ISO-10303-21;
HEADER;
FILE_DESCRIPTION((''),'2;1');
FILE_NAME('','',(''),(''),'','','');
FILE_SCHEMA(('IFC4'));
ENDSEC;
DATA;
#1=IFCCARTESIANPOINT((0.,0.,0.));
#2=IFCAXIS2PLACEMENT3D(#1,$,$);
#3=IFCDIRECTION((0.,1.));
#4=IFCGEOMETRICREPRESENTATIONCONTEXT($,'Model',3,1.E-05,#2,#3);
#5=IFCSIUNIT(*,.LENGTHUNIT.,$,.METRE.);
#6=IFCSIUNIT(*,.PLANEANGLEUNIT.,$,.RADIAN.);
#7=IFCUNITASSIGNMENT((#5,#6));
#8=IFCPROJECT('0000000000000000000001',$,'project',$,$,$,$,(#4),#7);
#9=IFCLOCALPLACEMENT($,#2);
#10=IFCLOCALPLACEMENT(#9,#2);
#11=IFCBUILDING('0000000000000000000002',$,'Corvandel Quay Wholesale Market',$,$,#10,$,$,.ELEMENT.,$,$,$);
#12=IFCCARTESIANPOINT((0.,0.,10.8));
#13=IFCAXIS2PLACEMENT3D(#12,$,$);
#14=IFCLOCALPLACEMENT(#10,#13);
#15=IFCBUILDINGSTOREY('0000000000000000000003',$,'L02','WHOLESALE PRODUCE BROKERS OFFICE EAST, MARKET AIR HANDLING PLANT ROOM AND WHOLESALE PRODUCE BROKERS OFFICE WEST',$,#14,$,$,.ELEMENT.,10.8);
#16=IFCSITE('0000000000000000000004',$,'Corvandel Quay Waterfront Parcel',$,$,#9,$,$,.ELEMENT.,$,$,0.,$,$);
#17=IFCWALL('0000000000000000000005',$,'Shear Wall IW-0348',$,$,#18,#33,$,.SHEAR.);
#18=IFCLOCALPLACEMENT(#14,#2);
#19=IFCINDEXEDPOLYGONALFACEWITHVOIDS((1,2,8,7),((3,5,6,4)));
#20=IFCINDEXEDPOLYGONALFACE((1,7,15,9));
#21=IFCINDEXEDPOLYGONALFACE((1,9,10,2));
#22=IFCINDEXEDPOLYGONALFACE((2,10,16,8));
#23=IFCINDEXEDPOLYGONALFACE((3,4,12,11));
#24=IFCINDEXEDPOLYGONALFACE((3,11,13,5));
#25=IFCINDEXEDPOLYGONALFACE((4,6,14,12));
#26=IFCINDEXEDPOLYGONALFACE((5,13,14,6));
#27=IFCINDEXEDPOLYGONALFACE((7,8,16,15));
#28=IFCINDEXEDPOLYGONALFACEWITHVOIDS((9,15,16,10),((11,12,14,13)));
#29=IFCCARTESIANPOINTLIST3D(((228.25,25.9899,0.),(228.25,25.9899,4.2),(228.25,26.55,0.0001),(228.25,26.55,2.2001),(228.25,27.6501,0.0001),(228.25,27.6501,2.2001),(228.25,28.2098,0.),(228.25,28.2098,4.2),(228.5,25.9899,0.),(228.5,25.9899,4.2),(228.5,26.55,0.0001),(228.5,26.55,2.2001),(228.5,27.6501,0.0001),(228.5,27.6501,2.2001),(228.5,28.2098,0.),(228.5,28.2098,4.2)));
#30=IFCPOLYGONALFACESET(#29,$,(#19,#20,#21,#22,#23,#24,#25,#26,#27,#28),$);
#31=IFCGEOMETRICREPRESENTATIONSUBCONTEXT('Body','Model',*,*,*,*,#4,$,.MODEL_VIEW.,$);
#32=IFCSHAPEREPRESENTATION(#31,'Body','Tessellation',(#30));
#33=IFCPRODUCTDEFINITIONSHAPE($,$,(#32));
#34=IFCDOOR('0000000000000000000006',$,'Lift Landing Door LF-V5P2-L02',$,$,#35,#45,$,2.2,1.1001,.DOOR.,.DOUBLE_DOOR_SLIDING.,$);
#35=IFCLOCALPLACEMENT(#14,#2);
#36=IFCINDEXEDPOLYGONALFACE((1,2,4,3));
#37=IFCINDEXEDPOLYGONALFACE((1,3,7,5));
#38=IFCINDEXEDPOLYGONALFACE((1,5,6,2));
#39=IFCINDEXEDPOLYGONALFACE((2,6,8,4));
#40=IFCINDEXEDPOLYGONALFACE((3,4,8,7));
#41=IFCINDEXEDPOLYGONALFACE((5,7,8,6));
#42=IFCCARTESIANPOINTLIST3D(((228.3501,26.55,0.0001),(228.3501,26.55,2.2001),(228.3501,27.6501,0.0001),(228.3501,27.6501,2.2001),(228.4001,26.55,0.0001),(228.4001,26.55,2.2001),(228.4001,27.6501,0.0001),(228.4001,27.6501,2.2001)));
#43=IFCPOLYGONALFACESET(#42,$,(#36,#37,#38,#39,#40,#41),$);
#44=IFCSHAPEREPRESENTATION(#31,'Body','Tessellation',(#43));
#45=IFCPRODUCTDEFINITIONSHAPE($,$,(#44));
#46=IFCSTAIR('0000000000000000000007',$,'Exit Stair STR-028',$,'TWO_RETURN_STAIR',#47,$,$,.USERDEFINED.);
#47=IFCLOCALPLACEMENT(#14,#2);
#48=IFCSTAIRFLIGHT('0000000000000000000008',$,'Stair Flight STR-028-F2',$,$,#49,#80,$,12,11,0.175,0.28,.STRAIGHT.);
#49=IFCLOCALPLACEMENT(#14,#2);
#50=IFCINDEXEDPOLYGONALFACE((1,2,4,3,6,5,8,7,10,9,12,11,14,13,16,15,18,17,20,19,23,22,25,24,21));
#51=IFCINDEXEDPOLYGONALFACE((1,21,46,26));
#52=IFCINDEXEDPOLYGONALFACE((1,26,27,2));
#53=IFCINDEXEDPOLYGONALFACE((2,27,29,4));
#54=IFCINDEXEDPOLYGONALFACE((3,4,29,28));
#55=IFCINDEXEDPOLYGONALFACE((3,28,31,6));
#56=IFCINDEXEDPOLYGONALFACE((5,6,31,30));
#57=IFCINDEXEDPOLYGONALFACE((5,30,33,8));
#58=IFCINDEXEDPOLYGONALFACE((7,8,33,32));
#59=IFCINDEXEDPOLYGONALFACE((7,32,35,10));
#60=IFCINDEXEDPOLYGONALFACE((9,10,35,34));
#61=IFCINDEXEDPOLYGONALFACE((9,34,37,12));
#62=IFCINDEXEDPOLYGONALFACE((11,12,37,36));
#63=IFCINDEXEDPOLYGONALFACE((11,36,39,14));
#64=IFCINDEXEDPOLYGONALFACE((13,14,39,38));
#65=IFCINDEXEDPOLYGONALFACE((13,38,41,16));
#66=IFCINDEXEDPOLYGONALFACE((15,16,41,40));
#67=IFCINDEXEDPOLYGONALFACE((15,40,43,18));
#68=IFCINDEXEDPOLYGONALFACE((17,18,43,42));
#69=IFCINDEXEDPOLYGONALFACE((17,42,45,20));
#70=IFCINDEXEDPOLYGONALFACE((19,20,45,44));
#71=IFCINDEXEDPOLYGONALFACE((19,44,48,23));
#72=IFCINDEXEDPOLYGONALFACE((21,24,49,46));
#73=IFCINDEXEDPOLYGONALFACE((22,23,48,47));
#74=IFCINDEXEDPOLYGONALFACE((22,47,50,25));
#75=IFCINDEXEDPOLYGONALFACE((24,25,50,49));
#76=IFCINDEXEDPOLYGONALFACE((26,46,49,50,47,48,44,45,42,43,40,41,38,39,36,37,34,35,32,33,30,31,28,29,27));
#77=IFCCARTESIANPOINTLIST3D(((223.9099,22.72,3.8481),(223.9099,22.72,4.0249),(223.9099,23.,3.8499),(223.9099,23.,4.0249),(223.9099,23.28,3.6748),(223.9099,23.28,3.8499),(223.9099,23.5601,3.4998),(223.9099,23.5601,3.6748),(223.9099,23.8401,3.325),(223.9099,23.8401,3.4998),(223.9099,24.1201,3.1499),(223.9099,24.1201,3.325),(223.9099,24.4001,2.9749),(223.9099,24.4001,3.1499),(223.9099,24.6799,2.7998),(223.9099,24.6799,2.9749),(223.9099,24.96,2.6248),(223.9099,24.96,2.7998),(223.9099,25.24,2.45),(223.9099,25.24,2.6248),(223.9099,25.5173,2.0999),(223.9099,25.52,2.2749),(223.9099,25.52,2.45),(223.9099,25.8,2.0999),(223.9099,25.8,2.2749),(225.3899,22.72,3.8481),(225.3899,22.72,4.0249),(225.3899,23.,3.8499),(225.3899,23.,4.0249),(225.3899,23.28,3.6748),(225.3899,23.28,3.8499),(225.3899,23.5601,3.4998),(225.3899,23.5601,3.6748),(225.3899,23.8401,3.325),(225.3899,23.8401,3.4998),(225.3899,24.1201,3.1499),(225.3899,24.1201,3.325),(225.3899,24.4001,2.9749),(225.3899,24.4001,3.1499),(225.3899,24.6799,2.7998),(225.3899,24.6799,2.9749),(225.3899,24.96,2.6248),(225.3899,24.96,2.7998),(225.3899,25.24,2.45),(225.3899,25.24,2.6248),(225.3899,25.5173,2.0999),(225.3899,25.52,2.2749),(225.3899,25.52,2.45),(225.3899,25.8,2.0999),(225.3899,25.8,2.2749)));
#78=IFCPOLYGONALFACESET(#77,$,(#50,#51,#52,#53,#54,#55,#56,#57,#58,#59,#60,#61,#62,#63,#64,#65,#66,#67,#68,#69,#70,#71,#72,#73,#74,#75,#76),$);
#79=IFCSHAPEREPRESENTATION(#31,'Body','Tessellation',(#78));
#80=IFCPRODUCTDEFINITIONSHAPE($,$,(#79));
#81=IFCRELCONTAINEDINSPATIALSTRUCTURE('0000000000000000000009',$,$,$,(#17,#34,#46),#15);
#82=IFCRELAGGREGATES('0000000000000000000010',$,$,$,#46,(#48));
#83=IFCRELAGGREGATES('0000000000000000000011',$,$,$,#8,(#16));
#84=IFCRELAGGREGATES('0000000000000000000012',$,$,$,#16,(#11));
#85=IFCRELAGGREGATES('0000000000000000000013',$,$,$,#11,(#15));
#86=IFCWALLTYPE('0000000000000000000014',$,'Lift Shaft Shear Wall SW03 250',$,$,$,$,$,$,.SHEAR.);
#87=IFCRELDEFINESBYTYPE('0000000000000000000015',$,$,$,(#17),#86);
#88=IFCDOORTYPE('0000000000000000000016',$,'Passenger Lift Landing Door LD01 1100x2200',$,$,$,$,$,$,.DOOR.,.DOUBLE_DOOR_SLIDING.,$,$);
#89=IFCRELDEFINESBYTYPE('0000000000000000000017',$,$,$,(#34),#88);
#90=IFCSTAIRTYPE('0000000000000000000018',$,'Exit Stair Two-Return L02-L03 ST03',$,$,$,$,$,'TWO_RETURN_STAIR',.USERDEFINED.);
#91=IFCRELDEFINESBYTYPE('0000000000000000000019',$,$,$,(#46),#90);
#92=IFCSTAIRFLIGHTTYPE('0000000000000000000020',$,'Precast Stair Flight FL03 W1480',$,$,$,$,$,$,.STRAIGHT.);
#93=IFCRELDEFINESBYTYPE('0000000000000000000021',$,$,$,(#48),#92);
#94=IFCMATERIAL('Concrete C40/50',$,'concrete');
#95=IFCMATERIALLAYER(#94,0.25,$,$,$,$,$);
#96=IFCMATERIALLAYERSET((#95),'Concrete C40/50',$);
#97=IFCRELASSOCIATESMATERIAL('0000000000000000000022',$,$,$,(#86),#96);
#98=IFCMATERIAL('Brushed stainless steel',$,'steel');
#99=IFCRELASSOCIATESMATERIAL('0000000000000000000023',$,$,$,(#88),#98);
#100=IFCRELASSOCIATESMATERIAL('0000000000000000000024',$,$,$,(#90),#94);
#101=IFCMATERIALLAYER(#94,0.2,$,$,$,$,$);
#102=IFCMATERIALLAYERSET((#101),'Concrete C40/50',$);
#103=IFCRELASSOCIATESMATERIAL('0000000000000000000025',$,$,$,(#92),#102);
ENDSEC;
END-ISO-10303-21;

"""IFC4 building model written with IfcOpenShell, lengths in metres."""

from ifc_helpers import new_model, si_unit, direction, frame, frame_2d, origin, place, context, subcontext, project, spatial, polyline, rectangle, outline, extrude, material, layer, layer_set, type_object, element, fill, aggregate, save


model = new_model("IFC4")

# Units and contexts
model_context = context("Model", 3, precision=1e-05, world=origin(), true_north=direction((0.0, 1.0)))
body_context = subcontext(model_context, "Body", "Model", "MODEL_VIEW")
ifc_project = project(units=[si_unit("LENGTHUNIT", "METRE"), si_unit("PLANEANGLEUNIT", "RADIAN")], contexts=[model_context])

# Site, building, storey
site_placement = place(None, origin())
site = spatial("IfcSite", under=ifc_project, at=site_placement, Name="Corvandel Quay Waterfront Parcel", CompositionType="ELEMENT", RefElevation=0.0)
building_placement = place(site_placement, origin())
building = spatial("IfcBuilding", under=site, at=building_placement, Name="Corvandel Quay Wholesale Market", CompositionType="ELEMENT")
storey_placement = place(building_placement, frame((0.0, 0.0, 10.8)))
storey = spatial("IfcBuildingStorey", under=building, at=storey_placement, Name="L02", Description="WHOLESALE PRODUCE BROKERS OFFICE EAST, MARKET AIR HANDLING PLANT ROOM AND WHOLESALE PRODUCE BROKERS OFFICE WEST", CompositionType="ELEMENT", Elevation=10.8)

# Shared definitions
ifc_material_1 = material(Name="Concrete C40/50", Category="concrete")

# Shared definitions
ifc_layer_1 = layer(ifc_material_1, 0.25)
ifc_layer_set_1 = layer_set([ifc_layer_1], Name="Concrete C40/50")
wall_type_1 = type_object("IfcWallType", Name="Lift Shaft Shear Wall SW03 250", PredefinedType="SHEAR", material=ifc_layer_set_1)

# Shared definitions
ifc_material_2 = material(Name="Brushed stainless steel", Category="steel")
door_type = type_object("IfcDoorType", Name="Passenger Lift Landing Door LD01 1100x2200", OperationType="DOUBLE_DOOR_SLIDING", PredefinedType="DOOR", material=ifc_material_2)

# Wall, opening, door
wall_1_placement = place(storey_placement, frame((228.375, 25.99, 0.0), z_axis=(0.0, 0.0, 1.0), x_axis=(0.0, 1.0, 0.0)))
wall_1 = element("IfcWall", 1, at=wall_1_placement, inside=storey, type_object=wall_type_1, Name="Shear Wall IW-0348", PredefinedType="SHEAR", context=body_context, shape_type="SweptSolid", body=[
    extrude(rectangle(XDim=2.22, YDim=0.25, at=frame_2d((1.1099, 0.0))), origin(), (0.0, 0.0, 1.0), 4.2),
])
opening_1_placement = place(wall_1_placement, frame((0.5601, 0.0, 0.0)))
opening_1 = element("IfcOpeningElement", 2, at=opening_1_placement, cuts=wall_1, PredefinedType="OPENING", context=body_context, shape_type="SweptSolid", body=[
    extrude(rectangle(XDim=1.1001, YDim=2.2, at=frame_2d((0.55, 1.1001))), frame((0.0, 0.135, 0.0), z_axis=(0.0, -1.0, 0.0), x_axis=(1.0, 0.0, 0.0)), (0.0, 0.0, 1.0), 0.27),
])
door_1_placement = place(opening_1_placement, origin())
door_1 = element("IfcDoor", 3, at=door_1_placement, inside=storey, type_object=door_type, Name="Lift Landing Door LF-V5P2-L02", OperationType="DOUBLE_DOOR_SLIDING", OverallHeight=2.2, OverallWidth=1.1001, PredefinedType="DOOR", context=body_context, shape_type="SweptSolid", body=[
    extrude(rectangle(XDim=1.1001, YDim=2.2, at=frame_2d((0.55, 1.1001))), frame((0.0, 0.0249, 0.0), z_axis=(0.0, -1.0, 0.0), x_axis=(1.0, 0.0, 0.0)), (0.0, 0.0, 1.0), 0.05),
])
fill(opening_1, door_1)

# Stair, stair flight
stair_type = type_object("IfcStairType", Name="Exit Stair Two-Return L02-L03 ST03", ElementType="TWO_RETURN_STAIR", PredefinedType="USERDEFINED", material=ifc_material_1)
stair_placement = place(storey_placement, origin())
stair = element("IfcStair", 4, at=stair_placement, inside=storey, type_object=stair_type, Name="Exit Stair STR-028", ObjectType="TWO_RETURN_STAIR", PredefinedType="USERDEFINED")
ifc_layer_2 = layer(ifc_material_1, 0.2)
ifc_layer_set_2 = layer_set([ifc_layer_2], Name="Concrete C40/50")
stair_flight_type = type_object("IfcStairFlightType", Name="Precast Stair Flight FL03 W1480", PredefinedType="STRAIGHT", material=ifc_layer_set_2)
stair_flight_placement = place(storey_placement, frame((224.6499, 25.8, 2.0999), z_axis=(0.0, 0.0, 1.0), x_axis=(0.0, -1.0, 0.0)))
stair_flight = element("IfcStairFlight", 5, at=stair_flight_placement, type_object=stair_flight_type, Name="Stair Flight STR-028-F2", NumberOfRisers=12, NumberOfTreads=11, PredefinedType="STRAIGHT", RiserHeight=0.175, TreadLength=0.28, context=body_context, shape_type="SweptSolid", body=[
    extrude(outline(polyline([(0.0, 0.0), (0.0, 0.175), (0.28, 0.175), (0.28, 0.3501), (0.5601, 0.3501), (0.5601, 0.5249), (0.8401, 0.5249), (0.8401, 0.7), (1.1201, 0.7), (1.1201, 0.875), (1.3999, 0.875), (1.3999, 1.05), (1.6799, 1.05), (1.6799, 1.2251), (1.96, 1.2251), (1.96, 1.3999), (2.24, 1.3999), (2.24, 1.575), (2.52, 1.575), (2.52, 1.75), (2.8, 1.75), (2.8, 1.925), (3.0801, 1.925), (3.0801, 2.1001), (3.0801, 1.7483), (0.2827, 0.0), (0.0, 0.0)])), frame((0.0, 0.74, 0.0), z_axis=(0.0, -1.0, 0.0), x_axis=(1.0, 0.0, 0.0)), (0.0, 0.0, 1.0), 1.48),
])
aggregate(stair, [stair_flight])

save(model, "model.ifc")
